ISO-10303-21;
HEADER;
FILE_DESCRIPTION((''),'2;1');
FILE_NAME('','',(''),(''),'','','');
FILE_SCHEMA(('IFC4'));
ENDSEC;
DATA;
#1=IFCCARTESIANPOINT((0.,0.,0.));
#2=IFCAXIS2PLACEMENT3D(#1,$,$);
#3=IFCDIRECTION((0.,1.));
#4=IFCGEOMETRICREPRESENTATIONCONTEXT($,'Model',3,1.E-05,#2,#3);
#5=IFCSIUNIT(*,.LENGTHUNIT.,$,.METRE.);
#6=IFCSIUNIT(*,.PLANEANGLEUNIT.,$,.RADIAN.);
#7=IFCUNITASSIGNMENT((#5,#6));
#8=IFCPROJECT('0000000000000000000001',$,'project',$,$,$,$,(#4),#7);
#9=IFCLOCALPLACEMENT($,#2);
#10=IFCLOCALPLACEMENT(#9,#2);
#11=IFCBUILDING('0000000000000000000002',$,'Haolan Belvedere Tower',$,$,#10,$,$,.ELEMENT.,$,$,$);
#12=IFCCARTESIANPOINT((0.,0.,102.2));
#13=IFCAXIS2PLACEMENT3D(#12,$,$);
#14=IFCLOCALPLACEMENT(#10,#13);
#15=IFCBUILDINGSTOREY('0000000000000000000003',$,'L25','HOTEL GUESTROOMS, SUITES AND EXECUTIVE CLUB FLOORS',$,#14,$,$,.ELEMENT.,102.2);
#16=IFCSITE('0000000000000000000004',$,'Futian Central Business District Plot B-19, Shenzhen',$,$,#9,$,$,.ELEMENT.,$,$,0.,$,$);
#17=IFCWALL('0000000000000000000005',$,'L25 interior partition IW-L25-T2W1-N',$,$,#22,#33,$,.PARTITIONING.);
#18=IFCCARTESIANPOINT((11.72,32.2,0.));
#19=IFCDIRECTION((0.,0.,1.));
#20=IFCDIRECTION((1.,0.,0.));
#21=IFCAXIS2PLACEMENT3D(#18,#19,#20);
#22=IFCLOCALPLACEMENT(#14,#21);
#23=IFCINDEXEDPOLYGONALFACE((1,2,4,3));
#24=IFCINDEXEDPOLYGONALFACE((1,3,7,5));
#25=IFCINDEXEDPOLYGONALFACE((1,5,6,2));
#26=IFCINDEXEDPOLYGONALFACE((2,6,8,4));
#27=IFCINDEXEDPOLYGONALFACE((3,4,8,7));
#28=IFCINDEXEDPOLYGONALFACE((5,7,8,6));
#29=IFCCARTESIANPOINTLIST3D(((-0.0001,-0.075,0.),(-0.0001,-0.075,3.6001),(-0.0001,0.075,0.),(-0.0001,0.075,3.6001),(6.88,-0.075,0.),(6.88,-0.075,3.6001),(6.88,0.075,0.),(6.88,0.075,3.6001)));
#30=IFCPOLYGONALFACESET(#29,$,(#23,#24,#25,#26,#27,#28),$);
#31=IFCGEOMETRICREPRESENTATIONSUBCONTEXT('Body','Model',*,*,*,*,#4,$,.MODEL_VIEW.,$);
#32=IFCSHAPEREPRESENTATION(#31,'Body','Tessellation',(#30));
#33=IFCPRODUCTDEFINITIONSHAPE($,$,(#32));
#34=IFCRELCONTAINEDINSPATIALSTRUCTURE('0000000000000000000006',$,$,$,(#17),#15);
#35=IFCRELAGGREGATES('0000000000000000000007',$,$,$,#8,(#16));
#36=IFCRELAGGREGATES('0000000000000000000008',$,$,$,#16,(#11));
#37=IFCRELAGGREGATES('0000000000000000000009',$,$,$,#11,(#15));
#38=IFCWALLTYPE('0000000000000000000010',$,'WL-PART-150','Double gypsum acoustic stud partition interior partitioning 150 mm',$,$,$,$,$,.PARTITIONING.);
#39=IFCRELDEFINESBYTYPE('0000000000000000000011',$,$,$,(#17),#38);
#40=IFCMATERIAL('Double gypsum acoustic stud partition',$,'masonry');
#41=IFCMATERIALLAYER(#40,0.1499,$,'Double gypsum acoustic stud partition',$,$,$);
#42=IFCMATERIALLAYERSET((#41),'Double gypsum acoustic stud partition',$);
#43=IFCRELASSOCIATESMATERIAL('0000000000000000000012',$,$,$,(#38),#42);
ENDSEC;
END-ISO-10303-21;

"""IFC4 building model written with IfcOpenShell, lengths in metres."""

from ifc_helpers import new_model, si_unit, direction, frame, frame_2d, origin, place, context, subcontext, project, spatial, rectangle, extrude, material, layer, layer_set, type_object, element, save


model = new_model("IFC4")

# Units and contexts
model_context = context("Model", 3, precision=1e-05, world=origin(), true_north=direction((0.0, 1.0)))
body_context = subcontext(model_context, "Body", "Model", "MODEL_VIEW")
ifc_project = project(units=[si_unit("LENGTHUNIT", "METRE"), si_unit("PLANEANGLEUNIT", "RADIAN")], contexts=[model_context])

# Site, building, storey
site_placement = place(None, origin())
site = spatial("IfcSite", under=ifc_project, at=site_placement, Name="Futian Central Business District Plot B-19, Shenzhen", CompositionType="ELEMENT", RefElevation=0.0)
building_placement = place(site_placement, origin())
building = spatial("IfcBuilding", under=site, at=building_placement, Name="Haolan Belvedere Tower", CompositionType="ELEMENT")
storey_placement = place(building_placement, frame((0.0, 0.0, 102.2)))
storey = spatial("IfcBuildingStorey", under=building, at=storey_placement, Name="L25", Description="HOTEL GUESTROOMS, SUITES AND EXECUTIVE CLUB FLOORS", CompositionType="ELEMENT", Elevation=102.2)

# Wall
ifc_material_1 = material(Name="Double gypsum acoustic stud partition", Category="masonry")
ifc_layer_1 = layer(ifc_material_1, 0.1499, Name="Double gypsum acoustic stud partition")
ifc_layer_set_1 = layer_set([ifc_layer_1], Name="Double gypsum acoustic stud partition")
wall_type_1 = type_object("IfcWallType", Name="WL-PART-150", Description="Double gypsum acoustic stud partition interior partitioning 150 mm", PredefinedType="PARTITIONING", material=ifc_layer_set_1)
wall_1_placement = place(storey_placement, frame((11.72, 32.2, 0.0), z_axis=(0.0, 0.0, 1.0), x_axis=(1.0, 0.0, 0.0)))
element("IfcWall", 1, at=wall_1_placement, inside=storey, type_object=wall_type_1, Name="L25 interior partition IW-L25-T2W1-N", PredefinedType="PARTITIONING", context=body_context, shape_type="SweptSolid", body=[
    extrude(rectangle(XDim=6.8801, YDim=0.1499, at=frame_2d((3.4399, 0.0))), origin(), (0.0, 0.0, 1.0), 3.6001),
])

save(model, "model.ifc")
